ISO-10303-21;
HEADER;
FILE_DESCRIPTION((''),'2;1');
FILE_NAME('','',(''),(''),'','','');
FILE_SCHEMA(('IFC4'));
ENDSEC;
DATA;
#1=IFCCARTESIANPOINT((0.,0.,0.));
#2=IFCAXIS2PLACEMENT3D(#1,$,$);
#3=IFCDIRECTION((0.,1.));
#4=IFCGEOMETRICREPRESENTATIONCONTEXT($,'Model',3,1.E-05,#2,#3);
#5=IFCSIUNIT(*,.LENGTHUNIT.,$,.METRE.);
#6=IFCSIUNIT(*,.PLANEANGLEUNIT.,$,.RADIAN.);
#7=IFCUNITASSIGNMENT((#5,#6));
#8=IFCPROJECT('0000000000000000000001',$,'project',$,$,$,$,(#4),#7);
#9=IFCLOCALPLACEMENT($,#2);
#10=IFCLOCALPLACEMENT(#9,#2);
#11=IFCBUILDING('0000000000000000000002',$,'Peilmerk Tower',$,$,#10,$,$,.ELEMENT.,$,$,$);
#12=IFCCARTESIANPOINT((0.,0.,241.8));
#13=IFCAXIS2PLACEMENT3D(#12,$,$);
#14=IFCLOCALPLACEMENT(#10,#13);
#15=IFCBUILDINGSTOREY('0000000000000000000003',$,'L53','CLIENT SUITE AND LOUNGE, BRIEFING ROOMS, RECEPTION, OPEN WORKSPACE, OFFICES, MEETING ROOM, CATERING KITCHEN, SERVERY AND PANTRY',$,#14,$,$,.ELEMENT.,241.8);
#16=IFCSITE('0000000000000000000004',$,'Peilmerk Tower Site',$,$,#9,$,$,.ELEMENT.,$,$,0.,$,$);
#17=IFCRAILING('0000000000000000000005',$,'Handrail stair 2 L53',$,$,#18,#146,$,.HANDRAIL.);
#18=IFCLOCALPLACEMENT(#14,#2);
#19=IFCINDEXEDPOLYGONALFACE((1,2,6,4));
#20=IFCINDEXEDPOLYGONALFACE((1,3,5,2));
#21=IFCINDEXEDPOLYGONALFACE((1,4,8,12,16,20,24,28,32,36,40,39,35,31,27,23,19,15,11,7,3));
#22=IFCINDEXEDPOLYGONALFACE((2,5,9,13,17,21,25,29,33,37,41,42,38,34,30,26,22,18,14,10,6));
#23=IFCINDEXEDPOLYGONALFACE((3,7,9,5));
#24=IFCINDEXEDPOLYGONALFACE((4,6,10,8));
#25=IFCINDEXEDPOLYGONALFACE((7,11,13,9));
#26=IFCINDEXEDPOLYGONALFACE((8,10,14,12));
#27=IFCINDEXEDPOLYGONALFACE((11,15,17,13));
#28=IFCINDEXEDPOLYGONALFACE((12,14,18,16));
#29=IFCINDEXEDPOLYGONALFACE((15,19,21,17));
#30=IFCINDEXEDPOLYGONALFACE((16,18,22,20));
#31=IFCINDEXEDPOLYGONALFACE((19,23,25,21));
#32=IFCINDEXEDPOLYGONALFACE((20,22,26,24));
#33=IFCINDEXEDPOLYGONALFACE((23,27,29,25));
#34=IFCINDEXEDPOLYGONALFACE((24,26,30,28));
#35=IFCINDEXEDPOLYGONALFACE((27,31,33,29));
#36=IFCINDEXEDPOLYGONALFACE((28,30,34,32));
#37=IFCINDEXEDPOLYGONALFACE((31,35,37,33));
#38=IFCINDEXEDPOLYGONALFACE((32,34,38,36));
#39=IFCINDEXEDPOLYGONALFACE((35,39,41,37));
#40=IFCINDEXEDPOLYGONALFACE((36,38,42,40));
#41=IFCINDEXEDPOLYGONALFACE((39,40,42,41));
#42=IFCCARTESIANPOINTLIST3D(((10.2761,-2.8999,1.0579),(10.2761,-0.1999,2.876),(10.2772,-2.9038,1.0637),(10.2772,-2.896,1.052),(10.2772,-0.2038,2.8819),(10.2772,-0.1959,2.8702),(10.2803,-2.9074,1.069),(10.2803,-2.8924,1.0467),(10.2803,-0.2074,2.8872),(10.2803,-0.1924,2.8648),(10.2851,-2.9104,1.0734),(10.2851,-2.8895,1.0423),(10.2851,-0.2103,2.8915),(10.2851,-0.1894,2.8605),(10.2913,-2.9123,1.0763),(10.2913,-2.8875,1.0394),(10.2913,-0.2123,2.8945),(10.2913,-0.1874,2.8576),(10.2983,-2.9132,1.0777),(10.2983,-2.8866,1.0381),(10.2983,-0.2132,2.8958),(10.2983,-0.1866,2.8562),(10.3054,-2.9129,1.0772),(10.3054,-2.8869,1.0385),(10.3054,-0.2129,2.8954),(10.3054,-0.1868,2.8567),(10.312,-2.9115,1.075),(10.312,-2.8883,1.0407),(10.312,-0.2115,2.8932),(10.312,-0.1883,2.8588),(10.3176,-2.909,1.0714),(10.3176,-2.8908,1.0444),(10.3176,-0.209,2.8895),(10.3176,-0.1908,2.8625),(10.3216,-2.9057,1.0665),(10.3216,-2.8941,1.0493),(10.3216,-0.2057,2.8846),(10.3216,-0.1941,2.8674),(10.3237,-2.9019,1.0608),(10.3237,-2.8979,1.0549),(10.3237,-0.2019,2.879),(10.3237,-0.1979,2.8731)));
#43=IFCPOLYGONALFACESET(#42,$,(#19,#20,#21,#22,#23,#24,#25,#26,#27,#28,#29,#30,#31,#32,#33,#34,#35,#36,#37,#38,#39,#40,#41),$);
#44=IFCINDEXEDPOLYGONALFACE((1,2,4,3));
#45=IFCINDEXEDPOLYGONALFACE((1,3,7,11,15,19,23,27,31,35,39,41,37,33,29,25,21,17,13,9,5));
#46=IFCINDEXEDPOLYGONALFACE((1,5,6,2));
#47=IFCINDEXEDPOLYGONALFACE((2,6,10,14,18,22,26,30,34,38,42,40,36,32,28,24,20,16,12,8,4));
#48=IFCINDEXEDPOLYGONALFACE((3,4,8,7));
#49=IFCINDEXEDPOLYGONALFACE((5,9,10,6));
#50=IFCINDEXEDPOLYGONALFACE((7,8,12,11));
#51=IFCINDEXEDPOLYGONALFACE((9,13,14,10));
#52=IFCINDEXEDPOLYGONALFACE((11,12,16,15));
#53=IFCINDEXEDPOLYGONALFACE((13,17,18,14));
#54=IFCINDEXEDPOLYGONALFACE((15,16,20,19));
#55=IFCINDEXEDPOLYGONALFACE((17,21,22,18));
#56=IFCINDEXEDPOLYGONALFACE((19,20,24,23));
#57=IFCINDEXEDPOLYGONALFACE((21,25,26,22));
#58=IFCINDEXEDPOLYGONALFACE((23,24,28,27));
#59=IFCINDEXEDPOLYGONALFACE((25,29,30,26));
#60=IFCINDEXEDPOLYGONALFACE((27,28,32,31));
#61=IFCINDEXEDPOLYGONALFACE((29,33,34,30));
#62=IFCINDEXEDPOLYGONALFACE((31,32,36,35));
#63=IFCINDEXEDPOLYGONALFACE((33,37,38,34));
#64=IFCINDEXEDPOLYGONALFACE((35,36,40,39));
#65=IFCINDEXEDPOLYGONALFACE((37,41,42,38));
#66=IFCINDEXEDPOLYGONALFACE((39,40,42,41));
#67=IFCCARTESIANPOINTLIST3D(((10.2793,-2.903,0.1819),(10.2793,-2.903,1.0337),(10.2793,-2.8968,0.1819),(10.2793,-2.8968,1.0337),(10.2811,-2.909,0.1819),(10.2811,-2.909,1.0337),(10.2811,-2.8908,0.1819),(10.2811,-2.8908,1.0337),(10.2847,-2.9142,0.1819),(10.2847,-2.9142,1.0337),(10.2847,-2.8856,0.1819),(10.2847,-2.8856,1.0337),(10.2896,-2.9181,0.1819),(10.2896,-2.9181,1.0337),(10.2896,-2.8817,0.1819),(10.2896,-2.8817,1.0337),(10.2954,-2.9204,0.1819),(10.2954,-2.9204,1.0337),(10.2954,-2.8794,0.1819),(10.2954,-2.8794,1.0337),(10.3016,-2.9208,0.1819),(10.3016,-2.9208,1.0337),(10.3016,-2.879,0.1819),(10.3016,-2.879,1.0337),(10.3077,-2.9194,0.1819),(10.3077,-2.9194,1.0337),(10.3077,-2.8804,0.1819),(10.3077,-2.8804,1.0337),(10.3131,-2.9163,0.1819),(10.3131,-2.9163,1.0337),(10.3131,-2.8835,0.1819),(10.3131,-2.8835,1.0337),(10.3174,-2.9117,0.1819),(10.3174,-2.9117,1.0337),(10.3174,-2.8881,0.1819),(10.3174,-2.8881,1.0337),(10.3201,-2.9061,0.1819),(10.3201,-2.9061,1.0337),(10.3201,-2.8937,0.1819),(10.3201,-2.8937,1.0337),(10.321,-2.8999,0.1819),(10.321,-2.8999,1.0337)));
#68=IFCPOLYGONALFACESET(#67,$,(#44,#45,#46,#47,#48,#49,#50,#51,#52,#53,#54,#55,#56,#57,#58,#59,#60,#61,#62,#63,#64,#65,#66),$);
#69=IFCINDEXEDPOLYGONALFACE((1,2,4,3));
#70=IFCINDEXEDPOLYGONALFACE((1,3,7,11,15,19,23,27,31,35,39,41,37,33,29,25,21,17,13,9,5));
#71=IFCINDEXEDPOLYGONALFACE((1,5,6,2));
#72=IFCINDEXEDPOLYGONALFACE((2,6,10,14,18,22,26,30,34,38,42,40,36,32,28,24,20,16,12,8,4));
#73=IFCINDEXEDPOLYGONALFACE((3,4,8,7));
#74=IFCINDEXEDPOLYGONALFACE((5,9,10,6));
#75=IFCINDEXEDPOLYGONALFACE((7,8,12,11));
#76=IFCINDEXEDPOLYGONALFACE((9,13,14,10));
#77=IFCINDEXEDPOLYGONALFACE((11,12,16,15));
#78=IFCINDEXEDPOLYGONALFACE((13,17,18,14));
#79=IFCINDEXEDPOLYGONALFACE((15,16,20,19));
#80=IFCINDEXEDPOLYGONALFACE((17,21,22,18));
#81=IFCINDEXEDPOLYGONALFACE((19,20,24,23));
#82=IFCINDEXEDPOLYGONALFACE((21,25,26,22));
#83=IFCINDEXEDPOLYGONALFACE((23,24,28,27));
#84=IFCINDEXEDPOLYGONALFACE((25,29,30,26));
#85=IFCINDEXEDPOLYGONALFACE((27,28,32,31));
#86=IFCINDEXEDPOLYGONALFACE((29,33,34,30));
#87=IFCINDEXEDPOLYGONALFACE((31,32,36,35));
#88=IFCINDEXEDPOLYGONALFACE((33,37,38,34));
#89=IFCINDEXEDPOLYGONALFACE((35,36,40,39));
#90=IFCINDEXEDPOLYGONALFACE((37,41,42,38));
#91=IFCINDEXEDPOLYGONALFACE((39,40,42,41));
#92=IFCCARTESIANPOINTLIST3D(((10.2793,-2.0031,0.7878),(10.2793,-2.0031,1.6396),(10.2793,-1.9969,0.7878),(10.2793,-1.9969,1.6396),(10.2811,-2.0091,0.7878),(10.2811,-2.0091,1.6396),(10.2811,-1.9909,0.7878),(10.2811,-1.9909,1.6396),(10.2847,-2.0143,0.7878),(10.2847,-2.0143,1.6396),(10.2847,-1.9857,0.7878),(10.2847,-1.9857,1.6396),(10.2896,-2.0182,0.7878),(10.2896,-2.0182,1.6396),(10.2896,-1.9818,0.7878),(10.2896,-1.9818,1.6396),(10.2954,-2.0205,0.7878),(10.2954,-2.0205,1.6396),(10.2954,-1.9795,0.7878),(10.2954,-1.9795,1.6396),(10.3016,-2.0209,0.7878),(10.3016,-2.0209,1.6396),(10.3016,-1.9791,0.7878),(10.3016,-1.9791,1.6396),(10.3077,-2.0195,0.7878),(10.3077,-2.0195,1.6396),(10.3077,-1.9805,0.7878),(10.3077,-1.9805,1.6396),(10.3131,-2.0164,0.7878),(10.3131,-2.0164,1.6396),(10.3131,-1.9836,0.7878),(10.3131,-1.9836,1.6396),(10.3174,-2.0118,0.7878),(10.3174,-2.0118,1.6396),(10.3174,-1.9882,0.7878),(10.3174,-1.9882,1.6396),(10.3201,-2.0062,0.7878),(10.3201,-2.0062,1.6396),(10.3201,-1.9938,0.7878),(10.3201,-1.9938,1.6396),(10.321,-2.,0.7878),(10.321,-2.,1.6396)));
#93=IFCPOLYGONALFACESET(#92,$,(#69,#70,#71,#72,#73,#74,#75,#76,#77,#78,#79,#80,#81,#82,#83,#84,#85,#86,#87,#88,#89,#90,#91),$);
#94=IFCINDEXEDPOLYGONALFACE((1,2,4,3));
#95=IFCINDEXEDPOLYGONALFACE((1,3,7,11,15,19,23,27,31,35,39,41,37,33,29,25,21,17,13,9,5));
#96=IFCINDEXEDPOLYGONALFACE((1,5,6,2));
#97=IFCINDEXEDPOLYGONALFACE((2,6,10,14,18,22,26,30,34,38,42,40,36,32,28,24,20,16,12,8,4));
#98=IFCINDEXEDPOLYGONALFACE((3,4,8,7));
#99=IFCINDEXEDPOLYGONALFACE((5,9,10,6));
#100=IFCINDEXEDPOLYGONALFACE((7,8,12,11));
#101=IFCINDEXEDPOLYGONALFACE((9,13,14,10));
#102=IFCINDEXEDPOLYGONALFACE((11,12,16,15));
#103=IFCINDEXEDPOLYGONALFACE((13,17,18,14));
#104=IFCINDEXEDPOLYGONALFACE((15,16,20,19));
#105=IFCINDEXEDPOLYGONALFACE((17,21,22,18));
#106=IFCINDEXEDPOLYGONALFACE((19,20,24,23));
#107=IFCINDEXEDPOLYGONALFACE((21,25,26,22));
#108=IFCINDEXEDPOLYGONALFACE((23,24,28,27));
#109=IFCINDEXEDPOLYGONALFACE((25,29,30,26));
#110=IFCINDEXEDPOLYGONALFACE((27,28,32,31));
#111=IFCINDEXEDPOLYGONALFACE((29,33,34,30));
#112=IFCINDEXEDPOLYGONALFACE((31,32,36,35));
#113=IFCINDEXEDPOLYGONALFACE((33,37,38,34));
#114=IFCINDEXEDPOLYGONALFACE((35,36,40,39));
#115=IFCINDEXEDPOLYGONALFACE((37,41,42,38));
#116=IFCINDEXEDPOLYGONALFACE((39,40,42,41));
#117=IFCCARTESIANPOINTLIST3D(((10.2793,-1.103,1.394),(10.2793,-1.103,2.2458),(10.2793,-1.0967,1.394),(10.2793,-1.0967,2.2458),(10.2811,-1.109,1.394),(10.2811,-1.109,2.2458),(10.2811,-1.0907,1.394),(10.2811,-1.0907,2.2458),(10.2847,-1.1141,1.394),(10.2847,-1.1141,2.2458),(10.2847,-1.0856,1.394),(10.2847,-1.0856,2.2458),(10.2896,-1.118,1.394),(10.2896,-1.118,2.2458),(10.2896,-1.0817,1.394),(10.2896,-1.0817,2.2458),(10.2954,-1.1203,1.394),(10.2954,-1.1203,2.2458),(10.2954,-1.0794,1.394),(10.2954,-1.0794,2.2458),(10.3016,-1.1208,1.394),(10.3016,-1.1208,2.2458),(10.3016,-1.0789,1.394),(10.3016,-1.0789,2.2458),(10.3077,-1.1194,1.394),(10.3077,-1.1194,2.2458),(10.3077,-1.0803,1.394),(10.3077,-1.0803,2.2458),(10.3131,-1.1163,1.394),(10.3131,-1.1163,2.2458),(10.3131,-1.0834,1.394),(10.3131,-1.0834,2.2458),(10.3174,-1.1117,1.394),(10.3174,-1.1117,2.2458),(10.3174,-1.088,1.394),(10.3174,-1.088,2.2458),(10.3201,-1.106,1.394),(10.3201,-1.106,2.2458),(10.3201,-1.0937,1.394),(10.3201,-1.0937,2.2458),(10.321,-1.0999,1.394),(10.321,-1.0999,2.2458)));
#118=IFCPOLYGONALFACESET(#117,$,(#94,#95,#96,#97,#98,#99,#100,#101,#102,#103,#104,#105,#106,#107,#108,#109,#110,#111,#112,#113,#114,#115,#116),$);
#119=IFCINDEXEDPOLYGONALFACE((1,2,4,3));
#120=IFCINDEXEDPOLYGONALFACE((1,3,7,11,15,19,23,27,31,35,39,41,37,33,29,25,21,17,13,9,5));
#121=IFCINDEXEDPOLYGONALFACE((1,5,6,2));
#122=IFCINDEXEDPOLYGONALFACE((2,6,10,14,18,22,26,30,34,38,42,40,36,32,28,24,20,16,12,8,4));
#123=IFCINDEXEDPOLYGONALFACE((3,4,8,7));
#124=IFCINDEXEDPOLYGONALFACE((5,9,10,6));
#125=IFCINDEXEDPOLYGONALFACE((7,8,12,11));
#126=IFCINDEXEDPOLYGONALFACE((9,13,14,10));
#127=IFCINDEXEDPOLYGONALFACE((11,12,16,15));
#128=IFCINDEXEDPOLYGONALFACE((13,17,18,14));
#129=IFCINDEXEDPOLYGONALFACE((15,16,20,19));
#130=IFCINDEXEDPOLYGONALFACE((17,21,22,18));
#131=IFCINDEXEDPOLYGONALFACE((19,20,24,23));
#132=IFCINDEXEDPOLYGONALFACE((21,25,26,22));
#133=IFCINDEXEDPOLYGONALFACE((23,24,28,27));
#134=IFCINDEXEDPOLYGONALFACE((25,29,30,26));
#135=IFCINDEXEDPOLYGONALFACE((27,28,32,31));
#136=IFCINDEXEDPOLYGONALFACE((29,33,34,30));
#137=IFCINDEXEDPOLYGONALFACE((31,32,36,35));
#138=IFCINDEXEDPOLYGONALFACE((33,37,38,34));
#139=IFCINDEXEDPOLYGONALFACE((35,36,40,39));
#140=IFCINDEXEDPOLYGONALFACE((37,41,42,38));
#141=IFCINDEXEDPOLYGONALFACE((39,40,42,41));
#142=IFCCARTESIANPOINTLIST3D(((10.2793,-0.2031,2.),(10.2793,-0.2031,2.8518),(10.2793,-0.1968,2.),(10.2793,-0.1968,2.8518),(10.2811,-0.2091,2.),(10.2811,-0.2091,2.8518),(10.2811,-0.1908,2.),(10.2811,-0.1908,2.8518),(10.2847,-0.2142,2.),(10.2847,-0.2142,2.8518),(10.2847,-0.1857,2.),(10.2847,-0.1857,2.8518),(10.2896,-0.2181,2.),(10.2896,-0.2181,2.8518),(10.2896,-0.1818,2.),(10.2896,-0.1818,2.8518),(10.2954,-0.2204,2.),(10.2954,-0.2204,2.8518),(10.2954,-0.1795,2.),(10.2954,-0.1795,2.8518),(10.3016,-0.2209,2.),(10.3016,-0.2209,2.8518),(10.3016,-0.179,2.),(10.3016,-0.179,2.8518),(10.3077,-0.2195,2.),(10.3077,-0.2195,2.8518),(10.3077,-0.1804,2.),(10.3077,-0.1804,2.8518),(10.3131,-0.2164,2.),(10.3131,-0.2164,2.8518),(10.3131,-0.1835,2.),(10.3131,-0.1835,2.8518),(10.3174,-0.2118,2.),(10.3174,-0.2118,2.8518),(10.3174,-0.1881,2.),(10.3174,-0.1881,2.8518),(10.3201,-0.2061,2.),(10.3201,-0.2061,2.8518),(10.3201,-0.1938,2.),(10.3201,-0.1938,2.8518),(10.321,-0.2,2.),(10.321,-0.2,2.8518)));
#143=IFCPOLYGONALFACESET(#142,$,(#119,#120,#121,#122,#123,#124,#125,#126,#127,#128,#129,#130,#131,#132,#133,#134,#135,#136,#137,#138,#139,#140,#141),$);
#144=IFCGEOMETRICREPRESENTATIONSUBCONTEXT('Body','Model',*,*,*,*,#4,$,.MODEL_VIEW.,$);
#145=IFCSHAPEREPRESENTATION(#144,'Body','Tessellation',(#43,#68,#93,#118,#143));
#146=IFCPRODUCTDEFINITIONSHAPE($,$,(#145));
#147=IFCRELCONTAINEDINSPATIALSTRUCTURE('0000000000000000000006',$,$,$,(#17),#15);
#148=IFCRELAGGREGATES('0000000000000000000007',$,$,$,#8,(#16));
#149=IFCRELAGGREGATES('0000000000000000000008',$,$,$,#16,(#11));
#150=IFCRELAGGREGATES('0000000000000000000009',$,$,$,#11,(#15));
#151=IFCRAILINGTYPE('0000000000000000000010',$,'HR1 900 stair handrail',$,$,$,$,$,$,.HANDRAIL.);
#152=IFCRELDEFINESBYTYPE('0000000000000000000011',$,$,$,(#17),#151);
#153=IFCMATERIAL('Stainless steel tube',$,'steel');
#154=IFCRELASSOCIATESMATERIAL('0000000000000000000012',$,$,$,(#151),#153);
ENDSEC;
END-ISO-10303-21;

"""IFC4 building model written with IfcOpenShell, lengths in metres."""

from ifc_helpers import new_model, si_unit, direction, frame, origin, origin_2d, place, context, subcontext, project, spatial, circle, extrude, material, type_object, element, save


model = new_model("IFC4")

# Units and contexts
model_context = context("Model", 3, precision=1e-05, world=origin(), true_north=direction((0.0, 1.0)))
body_context = subcontext(model_context, "Body", "Model", "MODEL_VIEW")
ifc_project = project(units=[si_unit("LENGTHUNIT", "METRE"), si_unit("PLANEANGLEUNIT", "RADIAN")], contexts=[model_context])

# Site, building, storey
site_placement = place(None, origin())
site = spatial("IfcSite", under=ifc_project, at=site_placement, Name="Peilmerk Tower Site", CompositionType="ELEMENT", RefElevation=0.0)
building_placement = place(site_placement, origin())
building = spatial("IfcBuilding", under=site, at=building_placement, Name="Peilmerk Tower", CompositionType="ELEMENT")
storey_placement = place(building_placement, frame((0.0, 0.0, 241.8)))
storey = spatial("IfcBuildingStorey", under=building, at=storey_placement, Name="L53", Description="CLIENT SUITE AND LOUNGE, BRIEFING ROOMS, RECEPTION, OPEN WORKSPACE, OFFICES, MEETING ROOM, CATERING KITCHEN, SERVERY AND PANTRY", CompositionType="ELEMENT", Elevation=241.8)

# Railing
ifc_material_1 = material(Name="Stainless steel tube", Category="steel")
railing_type_1 = type_object("IfcRailingType", Name="HR1 900 stair handrail", PredefinedType="HANDRAIL", material=ifc_material_1)
railing_1_placement = place(storey_placement, frame((10.3, -2.8999, 0.1819)))
element("IfcRailing", 1, at=railing_1_placement, inside=storey, type_object=railing_type_1, Name="Handrail stair 2 L53", PredefinedType="HANDRAIL", context=body_context, shape_type="SweptSolid", body=[
    extrude(circle(Radius=0.0239, at=origin_2d()), frame((0.0, 0.0, 0.876), z_axis=(0.0, 0.829468, 0.558554), x_axis=(-1.0, 0.0, 0.0)), (0.0, 0.0, 1.0), 3.2551),
    extrude(circle(Radius=0.021, at=origin_2d()), origin(), (0.0, 0.0, 1.0), 0.8518),
    extrude(circle(Radius=0.021, at=origin_2d()), frame((0.0, 0.8999, 0.606)), (0.0, 0.0, 1.0), 0.8518),
    extrude(circle(Radius=0.021, at=origin_2d()), frame((0.0, 1.8, 1.2122)), (0.0, 0.0, 1.0), 0.8518),
    extrude(circle(Radius=0.021, at=origin_2d()), frame((0.0, 2.7, 1.8181)), (0.0, 0.0, 1.0), 0.8518),
])

save(model, "model.ifc")
